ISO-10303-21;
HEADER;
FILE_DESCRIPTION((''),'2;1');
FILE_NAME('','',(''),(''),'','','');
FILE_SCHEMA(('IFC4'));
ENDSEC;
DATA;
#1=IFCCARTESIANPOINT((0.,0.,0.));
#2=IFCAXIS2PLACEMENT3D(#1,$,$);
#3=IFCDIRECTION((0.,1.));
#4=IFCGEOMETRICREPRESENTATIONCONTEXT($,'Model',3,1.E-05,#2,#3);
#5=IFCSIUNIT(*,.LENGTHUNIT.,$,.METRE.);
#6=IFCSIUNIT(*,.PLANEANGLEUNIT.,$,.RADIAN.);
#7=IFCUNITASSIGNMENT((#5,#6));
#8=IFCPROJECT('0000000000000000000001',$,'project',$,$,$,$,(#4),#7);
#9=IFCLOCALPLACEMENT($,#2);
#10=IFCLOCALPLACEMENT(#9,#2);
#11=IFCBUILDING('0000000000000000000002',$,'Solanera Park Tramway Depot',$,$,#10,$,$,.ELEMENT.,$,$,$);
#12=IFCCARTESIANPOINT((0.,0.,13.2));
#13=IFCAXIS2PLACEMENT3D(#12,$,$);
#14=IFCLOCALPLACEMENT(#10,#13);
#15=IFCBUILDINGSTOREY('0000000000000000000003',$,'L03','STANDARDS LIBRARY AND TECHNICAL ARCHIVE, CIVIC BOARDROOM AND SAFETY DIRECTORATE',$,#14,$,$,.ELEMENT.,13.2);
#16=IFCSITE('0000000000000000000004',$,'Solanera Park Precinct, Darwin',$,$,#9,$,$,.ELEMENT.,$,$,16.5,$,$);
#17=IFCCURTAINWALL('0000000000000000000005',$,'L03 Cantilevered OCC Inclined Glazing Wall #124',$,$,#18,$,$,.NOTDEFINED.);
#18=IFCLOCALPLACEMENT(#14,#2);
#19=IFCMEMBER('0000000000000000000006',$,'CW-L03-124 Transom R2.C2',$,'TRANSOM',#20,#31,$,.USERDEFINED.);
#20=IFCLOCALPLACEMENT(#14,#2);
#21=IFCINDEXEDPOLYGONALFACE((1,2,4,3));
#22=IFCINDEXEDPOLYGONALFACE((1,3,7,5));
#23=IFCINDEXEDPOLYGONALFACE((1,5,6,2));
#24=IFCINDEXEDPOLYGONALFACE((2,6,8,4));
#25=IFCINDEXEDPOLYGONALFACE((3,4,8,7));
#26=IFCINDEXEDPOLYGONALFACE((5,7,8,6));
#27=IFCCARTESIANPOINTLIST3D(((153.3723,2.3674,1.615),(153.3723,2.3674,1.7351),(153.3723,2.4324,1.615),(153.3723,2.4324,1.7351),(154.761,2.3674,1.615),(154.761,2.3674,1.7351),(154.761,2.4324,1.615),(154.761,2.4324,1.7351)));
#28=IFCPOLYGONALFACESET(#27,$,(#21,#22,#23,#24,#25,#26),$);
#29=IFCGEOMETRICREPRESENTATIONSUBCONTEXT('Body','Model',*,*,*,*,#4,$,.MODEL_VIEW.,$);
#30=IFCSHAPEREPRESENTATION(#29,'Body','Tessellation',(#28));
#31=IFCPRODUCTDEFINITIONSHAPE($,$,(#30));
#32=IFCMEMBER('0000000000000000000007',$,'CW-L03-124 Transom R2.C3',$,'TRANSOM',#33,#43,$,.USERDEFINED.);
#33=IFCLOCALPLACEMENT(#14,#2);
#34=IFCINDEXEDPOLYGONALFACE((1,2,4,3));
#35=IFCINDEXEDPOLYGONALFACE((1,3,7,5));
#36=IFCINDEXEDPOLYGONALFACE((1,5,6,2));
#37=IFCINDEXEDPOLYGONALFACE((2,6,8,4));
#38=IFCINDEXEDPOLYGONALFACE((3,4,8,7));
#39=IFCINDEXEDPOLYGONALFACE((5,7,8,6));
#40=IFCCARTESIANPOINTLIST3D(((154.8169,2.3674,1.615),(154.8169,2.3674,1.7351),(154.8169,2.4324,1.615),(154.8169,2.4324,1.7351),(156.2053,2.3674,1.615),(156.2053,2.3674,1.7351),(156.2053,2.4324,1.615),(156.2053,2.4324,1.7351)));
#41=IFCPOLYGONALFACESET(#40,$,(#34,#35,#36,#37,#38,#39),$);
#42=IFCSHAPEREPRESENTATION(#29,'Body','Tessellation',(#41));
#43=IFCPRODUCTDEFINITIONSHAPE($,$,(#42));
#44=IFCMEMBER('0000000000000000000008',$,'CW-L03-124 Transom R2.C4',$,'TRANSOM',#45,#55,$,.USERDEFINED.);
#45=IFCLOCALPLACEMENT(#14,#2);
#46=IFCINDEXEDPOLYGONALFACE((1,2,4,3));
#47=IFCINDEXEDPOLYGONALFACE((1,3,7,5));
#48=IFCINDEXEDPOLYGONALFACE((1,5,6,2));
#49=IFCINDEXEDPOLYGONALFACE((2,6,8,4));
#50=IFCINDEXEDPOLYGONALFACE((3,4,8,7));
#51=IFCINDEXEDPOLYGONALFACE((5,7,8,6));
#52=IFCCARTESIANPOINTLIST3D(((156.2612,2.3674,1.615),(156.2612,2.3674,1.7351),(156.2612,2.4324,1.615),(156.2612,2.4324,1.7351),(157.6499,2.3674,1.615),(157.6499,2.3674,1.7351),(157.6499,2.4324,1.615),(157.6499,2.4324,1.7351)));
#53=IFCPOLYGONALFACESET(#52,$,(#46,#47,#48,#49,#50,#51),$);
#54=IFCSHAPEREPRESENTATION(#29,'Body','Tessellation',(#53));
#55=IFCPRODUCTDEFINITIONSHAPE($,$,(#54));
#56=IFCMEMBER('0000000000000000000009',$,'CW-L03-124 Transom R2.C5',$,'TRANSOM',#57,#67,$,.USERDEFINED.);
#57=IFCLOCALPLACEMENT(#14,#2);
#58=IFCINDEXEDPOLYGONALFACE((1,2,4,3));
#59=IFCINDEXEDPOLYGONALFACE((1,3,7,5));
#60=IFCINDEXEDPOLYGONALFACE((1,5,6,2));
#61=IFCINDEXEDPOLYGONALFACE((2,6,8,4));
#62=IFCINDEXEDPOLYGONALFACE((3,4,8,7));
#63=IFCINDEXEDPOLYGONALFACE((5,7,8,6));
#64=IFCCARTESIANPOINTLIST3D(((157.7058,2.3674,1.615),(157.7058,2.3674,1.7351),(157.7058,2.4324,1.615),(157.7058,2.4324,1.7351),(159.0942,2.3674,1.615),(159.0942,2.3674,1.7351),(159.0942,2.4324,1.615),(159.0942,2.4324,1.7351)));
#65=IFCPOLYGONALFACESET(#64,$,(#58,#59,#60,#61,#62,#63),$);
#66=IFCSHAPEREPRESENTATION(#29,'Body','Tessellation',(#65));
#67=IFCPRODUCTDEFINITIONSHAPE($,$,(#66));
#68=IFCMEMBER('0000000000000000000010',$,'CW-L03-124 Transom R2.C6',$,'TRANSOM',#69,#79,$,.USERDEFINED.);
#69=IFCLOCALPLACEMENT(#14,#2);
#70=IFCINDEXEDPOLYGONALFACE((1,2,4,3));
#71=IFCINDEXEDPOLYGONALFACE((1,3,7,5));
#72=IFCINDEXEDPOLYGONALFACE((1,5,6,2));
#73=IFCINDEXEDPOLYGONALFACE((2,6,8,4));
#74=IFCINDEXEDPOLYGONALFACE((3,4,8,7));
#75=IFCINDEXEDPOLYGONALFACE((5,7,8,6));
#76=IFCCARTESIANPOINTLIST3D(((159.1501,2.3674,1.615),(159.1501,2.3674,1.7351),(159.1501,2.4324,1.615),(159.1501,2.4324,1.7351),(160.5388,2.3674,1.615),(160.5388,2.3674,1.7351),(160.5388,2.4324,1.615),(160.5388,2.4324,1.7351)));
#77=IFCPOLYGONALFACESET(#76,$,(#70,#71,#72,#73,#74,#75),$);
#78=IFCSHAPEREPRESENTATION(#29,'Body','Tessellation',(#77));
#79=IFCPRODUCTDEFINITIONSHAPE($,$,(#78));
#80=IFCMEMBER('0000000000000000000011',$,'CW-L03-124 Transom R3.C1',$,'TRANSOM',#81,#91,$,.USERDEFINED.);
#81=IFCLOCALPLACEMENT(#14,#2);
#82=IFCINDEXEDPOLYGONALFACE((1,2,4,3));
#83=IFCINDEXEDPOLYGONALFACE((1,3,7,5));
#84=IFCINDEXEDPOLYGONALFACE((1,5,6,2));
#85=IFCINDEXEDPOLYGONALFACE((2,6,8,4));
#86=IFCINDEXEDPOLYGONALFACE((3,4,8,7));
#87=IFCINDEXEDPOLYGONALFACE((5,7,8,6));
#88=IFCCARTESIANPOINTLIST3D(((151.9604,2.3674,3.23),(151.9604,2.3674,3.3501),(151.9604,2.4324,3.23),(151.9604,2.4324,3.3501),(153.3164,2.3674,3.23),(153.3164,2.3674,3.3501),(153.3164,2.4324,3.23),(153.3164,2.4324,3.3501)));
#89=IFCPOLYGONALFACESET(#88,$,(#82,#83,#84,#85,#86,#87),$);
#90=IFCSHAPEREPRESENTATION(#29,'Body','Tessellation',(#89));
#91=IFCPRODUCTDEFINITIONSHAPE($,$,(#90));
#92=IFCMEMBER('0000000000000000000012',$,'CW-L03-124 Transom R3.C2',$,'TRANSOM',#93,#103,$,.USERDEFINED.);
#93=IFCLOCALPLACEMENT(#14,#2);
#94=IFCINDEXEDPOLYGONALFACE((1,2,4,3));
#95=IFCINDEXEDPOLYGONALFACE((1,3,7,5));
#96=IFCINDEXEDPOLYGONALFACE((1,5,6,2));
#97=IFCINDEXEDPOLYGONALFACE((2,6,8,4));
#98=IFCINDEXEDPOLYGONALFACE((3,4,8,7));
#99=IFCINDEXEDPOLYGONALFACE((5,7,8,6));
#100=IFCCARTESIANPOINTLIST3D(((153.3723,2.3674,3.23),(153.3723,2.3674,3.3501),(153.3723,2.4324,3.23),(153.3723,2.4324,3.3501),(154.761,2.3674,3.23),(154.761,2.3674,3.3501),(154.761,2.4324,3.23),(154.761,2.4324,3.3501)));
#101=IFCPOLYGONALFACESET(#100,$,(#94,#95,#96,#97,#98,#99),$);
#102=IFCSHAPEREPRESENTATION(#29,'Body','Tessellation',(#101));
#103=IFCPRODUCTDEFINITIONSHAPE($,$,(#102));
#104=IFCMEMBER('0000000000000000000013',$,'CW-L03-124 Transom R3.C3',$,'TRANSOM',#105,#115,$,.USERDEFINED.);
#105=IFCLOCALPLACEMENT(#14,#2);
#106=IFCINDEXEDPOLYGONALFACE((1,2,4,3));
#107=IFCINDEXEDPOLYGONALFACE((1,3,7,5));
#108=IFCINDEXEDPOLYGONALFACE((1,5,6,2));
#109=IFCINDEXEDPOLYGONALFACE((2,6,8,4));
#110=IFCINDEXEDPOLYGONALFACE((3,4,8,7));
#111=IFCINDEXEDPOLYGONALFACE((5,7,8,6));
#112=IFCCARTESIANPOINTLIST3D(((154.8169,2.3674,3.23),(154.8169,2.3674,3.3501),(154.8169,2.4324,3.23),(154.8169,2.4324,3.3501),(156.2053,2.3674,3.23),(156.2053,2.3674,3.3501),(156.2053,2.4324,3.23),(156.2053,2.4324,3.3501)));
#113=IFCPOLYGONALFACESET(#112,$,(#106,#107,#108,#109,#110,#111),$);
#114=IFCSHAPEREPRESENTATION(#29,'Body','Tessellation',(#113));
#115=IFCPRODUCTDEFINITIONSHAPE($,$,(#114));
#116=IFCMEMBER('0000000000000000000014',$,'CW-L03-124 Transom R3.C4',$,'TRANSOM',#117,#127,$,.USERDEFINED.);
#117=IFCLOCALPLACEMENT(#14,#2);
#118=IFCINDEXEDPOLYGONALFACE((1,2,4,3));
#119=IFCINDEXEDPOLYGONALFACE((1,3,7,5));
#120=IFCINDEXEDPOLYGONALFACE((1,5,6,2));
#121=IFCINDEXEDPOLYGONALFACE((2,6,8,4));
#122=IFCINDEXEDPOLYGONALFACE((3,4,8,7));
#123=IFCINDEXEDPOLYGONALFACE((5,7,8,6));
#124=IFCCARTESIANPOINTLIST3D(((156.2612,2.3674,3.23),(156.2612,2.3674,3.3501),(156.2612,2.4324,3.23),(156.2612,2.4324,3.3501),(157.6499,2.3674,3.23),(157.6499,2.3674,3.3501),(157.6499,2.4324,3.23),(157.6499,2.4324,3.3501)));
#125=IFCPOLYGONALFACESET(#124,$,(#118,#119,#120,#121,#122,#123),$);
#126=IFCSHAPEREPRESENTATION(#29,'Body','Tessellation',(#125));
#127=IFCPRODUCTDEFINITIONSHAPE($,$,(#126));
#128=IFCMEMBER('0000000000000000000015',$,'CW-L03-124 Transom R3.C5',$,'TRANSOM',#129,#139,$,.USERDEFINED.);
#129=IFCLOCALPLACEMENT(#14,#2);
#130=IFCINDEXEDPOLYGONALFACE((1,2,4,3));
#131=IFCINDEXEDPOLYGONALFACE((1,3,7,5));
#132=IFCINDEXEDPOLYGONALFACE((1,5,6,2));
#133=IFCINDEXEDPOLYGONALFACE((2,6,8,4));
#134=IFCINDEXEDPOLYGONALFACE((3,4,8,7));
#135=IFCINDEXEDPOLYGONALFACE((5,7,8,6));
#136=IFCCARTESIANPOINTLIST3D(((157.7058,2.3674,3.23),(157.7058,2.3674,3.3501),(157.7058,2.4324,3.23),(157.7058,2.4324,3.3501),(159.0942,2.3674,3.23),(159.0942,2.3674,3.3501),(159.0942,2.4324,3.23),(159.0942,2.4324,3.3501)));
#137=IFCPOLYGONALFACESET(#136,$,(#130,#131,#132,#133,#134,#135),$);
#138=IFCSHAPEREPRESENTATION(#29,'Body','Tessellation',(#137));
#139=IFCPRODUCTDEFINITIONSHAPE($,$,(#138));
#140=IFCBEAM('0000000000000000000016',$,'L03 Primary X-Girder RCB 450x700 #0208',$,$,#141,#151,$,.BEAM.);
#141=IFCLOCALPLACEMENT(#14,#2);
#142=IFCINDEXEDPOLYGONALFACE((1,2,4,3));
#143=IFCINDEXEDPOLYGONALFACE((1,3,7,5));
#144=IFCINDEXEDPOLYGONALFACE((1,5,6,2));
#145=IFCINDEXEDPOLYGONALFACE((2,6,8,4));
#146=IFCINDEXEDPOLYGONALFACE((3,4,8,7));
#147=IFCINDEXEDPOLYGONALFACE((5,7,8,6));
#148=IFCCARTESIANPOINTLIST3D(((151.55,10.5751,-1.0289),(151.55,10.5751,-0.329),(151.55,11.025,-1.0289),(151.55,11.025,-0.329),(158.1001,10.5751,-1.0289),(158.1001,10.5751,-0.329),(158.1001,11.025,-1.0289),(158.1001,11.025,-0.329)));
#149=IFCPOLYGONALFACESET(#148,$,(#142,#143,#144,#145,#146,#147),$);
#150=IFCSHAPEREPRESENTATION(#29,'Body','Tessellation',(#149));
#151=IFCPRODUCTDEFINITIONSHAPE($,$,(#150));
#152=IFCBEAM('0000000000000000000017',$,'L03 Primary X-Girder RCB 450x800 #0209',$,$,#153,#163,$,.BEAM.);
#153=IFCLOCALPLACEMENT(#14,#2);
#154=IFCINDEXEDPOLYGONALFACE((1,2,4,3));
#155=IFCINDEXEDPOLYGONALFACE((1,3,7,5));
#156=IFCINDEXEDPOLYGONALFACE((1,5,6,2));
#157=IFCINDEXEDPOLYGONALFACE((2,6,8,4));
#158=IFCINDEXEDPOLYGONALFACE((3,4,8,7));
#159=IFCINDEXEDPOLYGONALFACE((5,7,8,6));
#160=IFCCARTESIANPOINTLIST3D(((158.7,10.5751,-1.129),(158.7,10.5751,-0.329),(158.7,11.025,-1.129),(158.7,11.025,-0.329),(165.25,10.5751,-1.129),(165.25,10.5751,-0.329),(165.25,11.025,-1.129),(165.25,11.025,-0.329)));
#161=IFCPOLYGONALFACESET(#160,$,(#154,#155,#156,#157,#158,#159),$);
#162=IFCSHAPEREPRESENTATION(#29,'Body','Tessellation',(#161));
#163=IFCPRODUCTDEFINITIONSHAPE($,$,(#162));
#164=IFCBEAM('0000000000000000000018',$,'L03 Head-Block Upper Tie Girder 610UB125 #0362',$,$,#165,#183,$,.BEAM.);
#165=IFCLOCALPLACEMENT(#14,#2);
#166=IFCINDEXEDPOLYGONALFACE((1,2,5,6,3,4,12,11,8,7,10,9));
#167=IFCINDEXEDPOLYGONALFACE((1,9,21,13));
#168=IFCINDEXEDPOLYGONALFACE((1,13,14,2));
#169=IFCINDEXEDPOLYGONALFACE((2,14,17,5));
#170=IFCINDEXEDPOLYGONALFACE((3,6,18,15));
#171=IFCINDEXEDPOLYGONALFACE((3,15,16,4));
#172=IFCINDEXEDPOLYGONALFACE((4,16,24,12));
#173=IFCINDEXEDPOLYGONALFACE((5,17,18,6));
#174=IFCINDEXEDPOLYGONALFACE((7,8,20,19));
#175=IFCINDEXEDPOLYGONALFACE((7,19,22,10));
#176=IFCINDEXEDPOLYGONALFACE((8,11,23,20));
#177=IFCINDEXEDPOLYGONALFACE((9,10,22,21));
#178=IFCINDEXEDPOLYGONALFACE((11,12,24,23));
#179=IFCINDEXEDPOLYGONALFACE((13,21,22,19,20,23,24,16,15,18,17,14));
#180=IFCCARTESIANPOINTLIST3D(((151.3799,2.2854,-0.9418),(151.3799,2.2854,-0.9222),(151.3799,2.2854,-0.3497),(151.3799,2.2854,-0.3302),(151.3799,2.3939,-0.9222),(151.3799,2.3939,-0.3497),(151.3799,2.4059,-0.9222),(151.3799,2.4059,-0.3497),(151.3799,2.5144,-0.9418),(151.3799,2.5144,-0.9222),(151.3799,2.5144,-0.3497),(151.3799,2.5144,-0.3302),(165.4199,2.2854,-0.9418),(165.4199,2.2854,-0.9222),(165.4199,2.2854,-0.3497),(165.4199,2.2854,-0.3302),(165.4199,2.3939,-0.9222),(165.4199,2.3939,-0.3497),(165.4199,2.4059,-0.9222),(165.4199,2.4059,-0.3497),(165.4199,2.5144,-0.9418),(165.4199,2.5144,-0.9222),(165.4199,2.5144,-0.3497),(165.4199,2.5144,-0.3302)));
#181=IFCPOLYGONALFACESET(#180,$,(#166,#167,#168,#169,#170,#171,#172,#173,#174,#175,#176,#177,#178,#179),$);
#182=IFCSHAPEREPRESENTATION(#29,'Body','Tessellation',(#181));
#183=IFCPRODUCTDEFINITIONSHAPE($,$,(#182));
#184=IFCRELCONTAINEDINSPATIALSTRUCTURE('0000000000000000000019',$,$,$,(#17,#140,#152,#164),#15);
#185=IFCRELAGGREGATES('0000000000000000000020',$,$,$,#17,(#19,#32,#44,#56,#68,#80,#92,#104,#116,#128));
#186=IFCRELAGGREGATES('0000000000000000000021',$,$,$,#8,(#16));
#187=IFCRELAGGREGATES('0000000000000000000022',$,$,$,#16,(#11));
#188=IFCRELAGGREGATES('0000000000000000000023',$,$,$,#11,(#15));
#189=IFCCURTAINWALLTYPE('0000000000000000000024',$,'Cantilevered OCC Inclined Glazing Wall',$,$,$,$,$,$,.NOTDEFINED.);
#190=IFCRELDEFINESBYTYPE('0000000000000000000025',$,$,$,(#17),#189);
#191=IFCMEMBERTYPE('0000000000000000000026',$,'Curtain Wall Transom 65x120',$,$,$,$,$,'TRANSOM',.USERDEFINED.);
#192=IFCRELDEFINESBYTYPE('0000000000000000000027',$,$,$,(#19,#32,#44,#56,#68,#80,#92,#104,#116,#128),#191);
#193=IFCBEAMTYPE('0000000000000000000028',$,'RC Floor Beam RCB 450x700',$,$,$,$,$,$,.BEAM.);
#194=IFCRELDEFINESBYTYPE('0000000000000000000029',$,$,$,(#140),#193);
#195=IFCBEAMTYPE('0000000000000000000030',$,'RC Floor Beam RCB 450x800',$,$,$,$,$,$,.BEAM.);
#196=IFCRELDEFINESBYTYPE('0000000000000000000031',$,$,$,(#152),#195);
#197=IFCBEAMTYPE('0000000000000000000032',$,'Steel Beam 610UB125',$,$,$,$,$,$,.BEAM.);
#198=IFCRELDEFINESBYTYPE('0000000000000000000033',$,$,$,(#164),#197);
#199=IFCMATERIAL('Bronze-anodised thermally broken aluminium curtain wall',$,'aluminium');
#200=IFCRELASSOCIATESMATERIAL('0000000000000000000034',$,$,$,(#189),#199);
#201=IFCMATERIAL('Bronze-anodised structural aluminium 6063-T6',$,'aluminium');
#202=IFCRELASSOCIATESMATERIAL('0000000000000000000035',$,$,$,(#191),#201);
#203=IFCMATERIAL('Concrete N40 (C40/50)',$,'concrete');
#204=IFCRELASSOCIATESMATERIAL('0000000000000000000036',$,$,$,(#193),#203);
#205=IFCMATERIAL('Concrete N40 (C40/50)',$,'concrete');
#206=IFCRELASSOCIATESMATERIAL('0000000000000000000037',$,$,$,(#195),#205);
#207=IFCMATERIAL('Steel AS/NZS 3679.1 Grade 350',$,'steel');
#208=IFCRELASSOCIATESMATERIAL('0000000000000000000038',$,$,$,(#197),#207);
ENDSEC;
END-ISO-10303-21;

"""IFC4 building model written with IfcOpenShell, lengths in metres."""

from ifc_helpers import new_model, si_unit, direction, frame, origin, origin_2d, place, context, subcontext, project, spatial, rectangle, i_section, extrude, material, material_profile, profile_set, type_object, element, aggregate, save


model = new_model("IFC4")

# Units and contexts
model_context = context("Model", 3, precision=1e-05, world=origin(), true_north=direction((0.0, 1.0)))
body_context = subcontext(model_context, "Body", "Model", "MODEL_VIEW")
ifc_project = project(units=[si_unit("LENGTHUNIT", "METRE"), si_unit("PLANEANGLEUNIT", "RADIAN")], contexts=[model_context])

# Site, building, storey
site_placement = place(None, origin())
site = spatial("IfcSite", under=ifc_project, at=site_placement, Name="Solanera Park Precinct, Darwin", CompositionType="ELEMENT", RefElevation=16.5)
building_placement = place(site_placement, origin())
building = spatial("IfcBuilding", under=site, at=building_placement, Name="Solanera Park Tramway Depot", CompositionType="ELEMENT")
storey_placement = place(building_placement, frame((0.0, 0.0, 13.2)))
storey = spatial("IfcBuildingStorey", under=building, at=storey_placement, Name="L03", Description="STANDARDS LIBRARY AND TECHNICAL ARCHIVE, CIVIC BOARDROOM AND SAFETY DIRECTORATE", CompositionType="ELEMENT", Elevation=13.2)

# Curtain wall, members
ifc_material_1 = material(Name="Bronze-anodised thermally broken aluminium curtain wall", Category="aluminium")
curtain_wall_type = type_object("IfcCurtainWallType", Name="Cantilevered OCC Inclined Glazing Wall", PredefinedType="NOTDEFINED", material=ifc_material_1)
curtain_wall_placement = place(storey_placement, origin())
curtain_wall = element("IfcCurtainWall", 1, at=curtain_wall_placement, inside=storey, type_object=curtain_wall_type, Name="L03 Cantilevered OCC Inclined Glazing Wall #124", PredefinedType="NOTDEFINED")
ifc_material_2 = material(Name="Bronze-anodised structural aluminium 6063-T6", Category="aluminium")
ifc_material_profile_1 = material_profile(ifc_material_2, rectangle(XDim=0.0649, YDim=0.1201, at=origin_2d()), Name="Curtain Wall Transom 65x120")
ifc_profile_set_1 = profile_set([ifc_material_profile_1], Name="Bronze-anodised structural aluminium 6063-T6")
member_type_1 = type_object("IfcMemberType", Name="Curtain Wall Transom 65x120", ElementType="TRANSOM", PredefinedType="USERDEFINED", material=ifc_profile_set_1)
member_1_placement = place(storey_placement, frame((153.3723, 2.3999, 1.675), z_axis=(1.0, 0.0, 0.0), x_axis=(0.0, 1.0, 0.0)))
member_1 = element("IfcMember", 2, at=member_1_placement, type_object=member_type_1, Name="CW-L03-124 Transom R2.C2", ObjectType="TRANSOM", PredefinedType="USERDEFINED", context=body_context, shape_type="SweptSolid", body=[
    extrude(rectangle(XDim=0.0649, YDim=0.1201, at=origin_2d()), origin(), (0.0, 0.0, 1.0), 1.3887),
])
member_2_placement = place(storey_placement, frame((154.8169, 2.3999, 1.675), z_axis=(1.0, 0.0, 0.0), x_axis=(0.0, 1.0, 0.0)))
member_2 = element("IfcMember", 3, at=member_2_placement, type_object=member_type_1, Name="CW-L03-124 Transom R2.C3", ObjectType="TRANSOM", PredefinedType="USERDEFINED", context=body_context, shape_type="SweptSolid", body=[
    extrude(rectangle(XDim=0.0649, YDim=0.1201, at=origin_2d()), origin(), (0.0, 0.0, 1.0), 1.3884),
])
member_3_placement = place(storey_placement, frame((156.2612, 2.3999, 1.675), z_axis=(1.0, 0.0, 0.0), x_axis=(0.0, 1.0, 0.0)))
member_3 = element("IfcMember", 4, at=member_3_placement, type_object=member_type_1, Name="CW-L03-124 Transom R2.C4", ObjectType="TRANSOM", PredefinedType="USERDEFINED", context=body_context, shape_type="SweptSolid", body=[
    extrude(rectangle(XDim=0.0649, YDim=0.1201, at=origin_2d()), origin(), (0.0, 0.0, 1.0), 1.3887),
])
member_4_placement = place(storey_placement, frame((157.7058, 2.3999, 1.675), z_axis=(1.0, 0.0, 0.0), x_axis=(0.0, 1.0, 0.0)))
member_4 = element("IfcMember", 5, at=member_4_placement, type_object=member_type_1, Name="CW-L03-124 Transom R2.C5", ObjectType="TRANSOM", PredefinedType="USERDEFINED", context=body_context, shape_type="SweptSolid", body=[
    extrude(rectangle(XDim=0.0649, YDim=0.1201, at=origin_2d()), origin(), (0.0, 0.0, 1.0), 1.3884),
])
member_5_placement = place(storey_placement, frame((159.1501, 2.3999, 1.675), z_axis=(1.0, 0.0, 0.0), x_axis=(0.0, 1.0, 0.0)))
member_5 = element("IfcMember", 6, at=member_5_placement, type_object=member_type_1, Name="CW-L03-124 Transom R2.C6", ObjectType="TRANSOM", PredefinedType="USERDEFINED", context=body_context, shape_type="SweptSolid", body=[
    extrude(rectangle(XDim=0.0649, YDim=0.1201, at=origin_2d()), origin(), (0.0, 0.0, 1.0), 1.3887),
])
member_6_placement = place(storey_placement, frame((151.9604, 2.3999, 3.29), z_axis=(1.0, 0.0, 0.0), x_axis=(0.0, 1.0, 0.0)))
member_6 = element("IfcMember", 7, at=member_6_placement, type_object=member_type_1, Name="CW-L03-124 Transom R3.C1", ObjectType="TRANSOM", PredefinedType="USERDEFINED", context=body_context, shape_type="SweptSolid", body=[
    extrude(rectangle(XDim=0.0649, YDim=0.1201, at=origin_2d()), origin(), (0.0, 0.0, 1.0), 1.356),
])
member_7_placement = place(storey_placement, frame((153.3723, 2.3999, 3.29), z_axis=(1.0, 0.0, 0.0), x_axis=(0.0, 1.0, 0.0)))
member_7 = element("IfcMember", 8, at=member_7_placement, type_object=member_type_1, Name="CW-L03-124 Transom R3.C2", ObjectType="TRANSOM", PredefinedType="USERDEFINED", context=body_context, shape_type="SweptSolid", body=[
    extrude(rectangle(XDim=0.0649, YDim=0.1201, at=origin_2d()), origin(), (0.0, 0.0, 1.0), 1.3887),
])
member_8_placement = place(storey_placement, frame((154.8169, 2.3999, 3.29), z_axis=(1.0, 0.0, 0.0), x_axis=(0.0, 1.0, 0.0)))
member_8 = element("IfcMember", 9, at=member_8_placement, type_object=member_type_1, Name="CW-L03-124 Transom R3.C3", ObjectType="TRANSOM", PredefinedType="USERDEFINED", context=body_context, shape_type="SweptSolid", body=[
    extrude(rectangle(XDim=0.0649, YDim=0.1201, at=origin_2d()), origin(), (0.0, 0.0, 1.0), 1.3884),
])
member_9_placement = place(storey_placement, frame((156.2612, 2.3999, 3.29), z_axis=(1.0, 0.0, 0.0), x_axis=(0.0, 1.0, 0.0)))
member_9 = element("IfcMember", 10, at=member_9_placement, type_object=member_type_1, Name="CW-L03-124 Transom R3.C4", ObjectType="TRANSOM", PredefinedType="USERDEFINED", context=body_context, shape_type="SweptSolid", body=[
    extrude(rectangle(XDim=0.0649, YDim=0.1201, at=origin_2d()), origin(), (0.0, 0.0, 1.0), 1.3887),
])
member_10_placement = place(storey_placement, frame((157.7058, 2.3999, 3.29), z_axis=(1.0, 0.0, 0.0), x_axis=(0.0, 1.0, 0.0)))
member_10 = element("IfcMember", 11, at=member_10_placement, type_object=member_type_1, Name="CW-L03-124 Transom R3.C5", ObjectType="TRANSOM", PredefinedType="USERDEFINED", context=body_context, shape_type="SweptSolid", body=[
    extrude(rectangle(XDim=0.0649, YDim=0.1201, at=origin_2d()), origin(), (0.0, 0.0, 1.0), 1.3884),
])

# Beams
ifc_material_3 = material(Name="Concrete N40 (C40/50)", Category="concrete")
ifc_material_profile_2 = material_profile(ifc_material_3, rectangle(XDim=0.45, YDim=0.7, at=origin_2d()), Name="RCB 450x700")
ifc_profile_set_2 = profile_set([ifc_material_profile_2], Name="Concrete N40 (C40/50)")
beam_type_1 = type_object("IfcBeamType", Name="RC Floor Beam RCB 450x700", PredefinedType="BEAM", material=ifc_profile_set_2)
beam_1_placement = place(storey_placement, frame((151.55, 10.8, -0.679), z_axis=(1.0, 0.0, 0.0), x_axis=(0.0, 1.0, 0.0)))
element("IfcBeam", 12, at=beam_1_placement, inside=storey, type_object=beam_type_1, Name="L03 Primary X-Girder RCB 450x700 #0208", PredefinedType="BEAM", context=body_context, shape_type="SweptSolid", body=[
    extrude(rectangle(XDim=0.45, YDim=0.7, at=origin_2d()), origin(), (0.0, 0.0, 1.0), 6.55),
])
ifc_material_4 = material(Name="Concrete N40 (C40/50)", Category="concrete")
ifc_material_profile_3 = material_profile(ifc_material_4, rectangle(XDim=0.45, YDim=0.8, at=origin_2d()), Name="RCB 450x800")
ifc_profile_set_3 = profile_set([ifc_material_profile_3], Name="Concrete N40 (C40/50)")
beam_type_2 = type_object("IfcBeamType", Name="RC Floor Beam RCB 450x800", PredefinedType="BEAM", material=ifc_profile_set_3)
beam_2_placement = place(storey_placement, frame((158.7, 10.8, -0.729), z_axis=(1.0, 0.0, 0.0), x_axis=(0.0, 1.0, 0.0)))
element("IfcBeam", 13, at=beam_2_placement, inside=storey, type_object=beam_type_2, Name="L03 Primary X-Girder RCB 450x800 #0209", PredefinedType="BEAM", context=body_context, shape_type="SweptSolid", body=[
    extrude(rectangle(XDim=0.45, YDim=0.8, at=origin_2d()), origin(), (0.0, 0.0, 1.0), 6.55),
])
ifc_material_5 = material(Name="Steel AS/NZS 3679.1 Grade 350", Category="steel")
ifc_material_profile_4 = material_profile(ifc_material_5, i_section(OverallWidth=0.229, OverallDepth=0.6116, WebThickness=0.012, FlangeThickness=0.0195, at=origin_2d()), Name="610UB125")
ifc_profile_set_4 = profile_set([ifc_material_profile_4], Name="Steel AS/NZS 3679.1 Grade 350")
beam_type_3 = type_object("IfcBeamType", Name="Steel Beam 610UB125", PredefinedType="BEAM", material=ifc_profile_set_4)
beam_3_placement = place(storey_placement, frame((151.3799, 2.3999, -0.636), z_axis=(1.0, 0.0, 0.0), x_axis=(0.0, 1.0, 0.0)))
element("IfcBeam", 14, at=beam_3_placement, inside=storey, type_object=beam_type_3, Name="L03 Head-Block Upper Tie Girder 610UB125 #0362", PredefinedType="BEAM", context=body_context, shape_type="SweptSolid", body=[
    extrude(i_section(OverallWidth=0.229, OverallDepth=0.6116, WebThickness=0.012, FlangeThickness=0.0195, at=origin_2d()), origin(), (0.0, 0.0, 1.0), 14.04),
])

aggregate(curtain_wall, [member_1, member_2, member_3, member_4, member_5, member_6, member_7, member_8, member_9, member_10])

save(model, "model.ifc")
